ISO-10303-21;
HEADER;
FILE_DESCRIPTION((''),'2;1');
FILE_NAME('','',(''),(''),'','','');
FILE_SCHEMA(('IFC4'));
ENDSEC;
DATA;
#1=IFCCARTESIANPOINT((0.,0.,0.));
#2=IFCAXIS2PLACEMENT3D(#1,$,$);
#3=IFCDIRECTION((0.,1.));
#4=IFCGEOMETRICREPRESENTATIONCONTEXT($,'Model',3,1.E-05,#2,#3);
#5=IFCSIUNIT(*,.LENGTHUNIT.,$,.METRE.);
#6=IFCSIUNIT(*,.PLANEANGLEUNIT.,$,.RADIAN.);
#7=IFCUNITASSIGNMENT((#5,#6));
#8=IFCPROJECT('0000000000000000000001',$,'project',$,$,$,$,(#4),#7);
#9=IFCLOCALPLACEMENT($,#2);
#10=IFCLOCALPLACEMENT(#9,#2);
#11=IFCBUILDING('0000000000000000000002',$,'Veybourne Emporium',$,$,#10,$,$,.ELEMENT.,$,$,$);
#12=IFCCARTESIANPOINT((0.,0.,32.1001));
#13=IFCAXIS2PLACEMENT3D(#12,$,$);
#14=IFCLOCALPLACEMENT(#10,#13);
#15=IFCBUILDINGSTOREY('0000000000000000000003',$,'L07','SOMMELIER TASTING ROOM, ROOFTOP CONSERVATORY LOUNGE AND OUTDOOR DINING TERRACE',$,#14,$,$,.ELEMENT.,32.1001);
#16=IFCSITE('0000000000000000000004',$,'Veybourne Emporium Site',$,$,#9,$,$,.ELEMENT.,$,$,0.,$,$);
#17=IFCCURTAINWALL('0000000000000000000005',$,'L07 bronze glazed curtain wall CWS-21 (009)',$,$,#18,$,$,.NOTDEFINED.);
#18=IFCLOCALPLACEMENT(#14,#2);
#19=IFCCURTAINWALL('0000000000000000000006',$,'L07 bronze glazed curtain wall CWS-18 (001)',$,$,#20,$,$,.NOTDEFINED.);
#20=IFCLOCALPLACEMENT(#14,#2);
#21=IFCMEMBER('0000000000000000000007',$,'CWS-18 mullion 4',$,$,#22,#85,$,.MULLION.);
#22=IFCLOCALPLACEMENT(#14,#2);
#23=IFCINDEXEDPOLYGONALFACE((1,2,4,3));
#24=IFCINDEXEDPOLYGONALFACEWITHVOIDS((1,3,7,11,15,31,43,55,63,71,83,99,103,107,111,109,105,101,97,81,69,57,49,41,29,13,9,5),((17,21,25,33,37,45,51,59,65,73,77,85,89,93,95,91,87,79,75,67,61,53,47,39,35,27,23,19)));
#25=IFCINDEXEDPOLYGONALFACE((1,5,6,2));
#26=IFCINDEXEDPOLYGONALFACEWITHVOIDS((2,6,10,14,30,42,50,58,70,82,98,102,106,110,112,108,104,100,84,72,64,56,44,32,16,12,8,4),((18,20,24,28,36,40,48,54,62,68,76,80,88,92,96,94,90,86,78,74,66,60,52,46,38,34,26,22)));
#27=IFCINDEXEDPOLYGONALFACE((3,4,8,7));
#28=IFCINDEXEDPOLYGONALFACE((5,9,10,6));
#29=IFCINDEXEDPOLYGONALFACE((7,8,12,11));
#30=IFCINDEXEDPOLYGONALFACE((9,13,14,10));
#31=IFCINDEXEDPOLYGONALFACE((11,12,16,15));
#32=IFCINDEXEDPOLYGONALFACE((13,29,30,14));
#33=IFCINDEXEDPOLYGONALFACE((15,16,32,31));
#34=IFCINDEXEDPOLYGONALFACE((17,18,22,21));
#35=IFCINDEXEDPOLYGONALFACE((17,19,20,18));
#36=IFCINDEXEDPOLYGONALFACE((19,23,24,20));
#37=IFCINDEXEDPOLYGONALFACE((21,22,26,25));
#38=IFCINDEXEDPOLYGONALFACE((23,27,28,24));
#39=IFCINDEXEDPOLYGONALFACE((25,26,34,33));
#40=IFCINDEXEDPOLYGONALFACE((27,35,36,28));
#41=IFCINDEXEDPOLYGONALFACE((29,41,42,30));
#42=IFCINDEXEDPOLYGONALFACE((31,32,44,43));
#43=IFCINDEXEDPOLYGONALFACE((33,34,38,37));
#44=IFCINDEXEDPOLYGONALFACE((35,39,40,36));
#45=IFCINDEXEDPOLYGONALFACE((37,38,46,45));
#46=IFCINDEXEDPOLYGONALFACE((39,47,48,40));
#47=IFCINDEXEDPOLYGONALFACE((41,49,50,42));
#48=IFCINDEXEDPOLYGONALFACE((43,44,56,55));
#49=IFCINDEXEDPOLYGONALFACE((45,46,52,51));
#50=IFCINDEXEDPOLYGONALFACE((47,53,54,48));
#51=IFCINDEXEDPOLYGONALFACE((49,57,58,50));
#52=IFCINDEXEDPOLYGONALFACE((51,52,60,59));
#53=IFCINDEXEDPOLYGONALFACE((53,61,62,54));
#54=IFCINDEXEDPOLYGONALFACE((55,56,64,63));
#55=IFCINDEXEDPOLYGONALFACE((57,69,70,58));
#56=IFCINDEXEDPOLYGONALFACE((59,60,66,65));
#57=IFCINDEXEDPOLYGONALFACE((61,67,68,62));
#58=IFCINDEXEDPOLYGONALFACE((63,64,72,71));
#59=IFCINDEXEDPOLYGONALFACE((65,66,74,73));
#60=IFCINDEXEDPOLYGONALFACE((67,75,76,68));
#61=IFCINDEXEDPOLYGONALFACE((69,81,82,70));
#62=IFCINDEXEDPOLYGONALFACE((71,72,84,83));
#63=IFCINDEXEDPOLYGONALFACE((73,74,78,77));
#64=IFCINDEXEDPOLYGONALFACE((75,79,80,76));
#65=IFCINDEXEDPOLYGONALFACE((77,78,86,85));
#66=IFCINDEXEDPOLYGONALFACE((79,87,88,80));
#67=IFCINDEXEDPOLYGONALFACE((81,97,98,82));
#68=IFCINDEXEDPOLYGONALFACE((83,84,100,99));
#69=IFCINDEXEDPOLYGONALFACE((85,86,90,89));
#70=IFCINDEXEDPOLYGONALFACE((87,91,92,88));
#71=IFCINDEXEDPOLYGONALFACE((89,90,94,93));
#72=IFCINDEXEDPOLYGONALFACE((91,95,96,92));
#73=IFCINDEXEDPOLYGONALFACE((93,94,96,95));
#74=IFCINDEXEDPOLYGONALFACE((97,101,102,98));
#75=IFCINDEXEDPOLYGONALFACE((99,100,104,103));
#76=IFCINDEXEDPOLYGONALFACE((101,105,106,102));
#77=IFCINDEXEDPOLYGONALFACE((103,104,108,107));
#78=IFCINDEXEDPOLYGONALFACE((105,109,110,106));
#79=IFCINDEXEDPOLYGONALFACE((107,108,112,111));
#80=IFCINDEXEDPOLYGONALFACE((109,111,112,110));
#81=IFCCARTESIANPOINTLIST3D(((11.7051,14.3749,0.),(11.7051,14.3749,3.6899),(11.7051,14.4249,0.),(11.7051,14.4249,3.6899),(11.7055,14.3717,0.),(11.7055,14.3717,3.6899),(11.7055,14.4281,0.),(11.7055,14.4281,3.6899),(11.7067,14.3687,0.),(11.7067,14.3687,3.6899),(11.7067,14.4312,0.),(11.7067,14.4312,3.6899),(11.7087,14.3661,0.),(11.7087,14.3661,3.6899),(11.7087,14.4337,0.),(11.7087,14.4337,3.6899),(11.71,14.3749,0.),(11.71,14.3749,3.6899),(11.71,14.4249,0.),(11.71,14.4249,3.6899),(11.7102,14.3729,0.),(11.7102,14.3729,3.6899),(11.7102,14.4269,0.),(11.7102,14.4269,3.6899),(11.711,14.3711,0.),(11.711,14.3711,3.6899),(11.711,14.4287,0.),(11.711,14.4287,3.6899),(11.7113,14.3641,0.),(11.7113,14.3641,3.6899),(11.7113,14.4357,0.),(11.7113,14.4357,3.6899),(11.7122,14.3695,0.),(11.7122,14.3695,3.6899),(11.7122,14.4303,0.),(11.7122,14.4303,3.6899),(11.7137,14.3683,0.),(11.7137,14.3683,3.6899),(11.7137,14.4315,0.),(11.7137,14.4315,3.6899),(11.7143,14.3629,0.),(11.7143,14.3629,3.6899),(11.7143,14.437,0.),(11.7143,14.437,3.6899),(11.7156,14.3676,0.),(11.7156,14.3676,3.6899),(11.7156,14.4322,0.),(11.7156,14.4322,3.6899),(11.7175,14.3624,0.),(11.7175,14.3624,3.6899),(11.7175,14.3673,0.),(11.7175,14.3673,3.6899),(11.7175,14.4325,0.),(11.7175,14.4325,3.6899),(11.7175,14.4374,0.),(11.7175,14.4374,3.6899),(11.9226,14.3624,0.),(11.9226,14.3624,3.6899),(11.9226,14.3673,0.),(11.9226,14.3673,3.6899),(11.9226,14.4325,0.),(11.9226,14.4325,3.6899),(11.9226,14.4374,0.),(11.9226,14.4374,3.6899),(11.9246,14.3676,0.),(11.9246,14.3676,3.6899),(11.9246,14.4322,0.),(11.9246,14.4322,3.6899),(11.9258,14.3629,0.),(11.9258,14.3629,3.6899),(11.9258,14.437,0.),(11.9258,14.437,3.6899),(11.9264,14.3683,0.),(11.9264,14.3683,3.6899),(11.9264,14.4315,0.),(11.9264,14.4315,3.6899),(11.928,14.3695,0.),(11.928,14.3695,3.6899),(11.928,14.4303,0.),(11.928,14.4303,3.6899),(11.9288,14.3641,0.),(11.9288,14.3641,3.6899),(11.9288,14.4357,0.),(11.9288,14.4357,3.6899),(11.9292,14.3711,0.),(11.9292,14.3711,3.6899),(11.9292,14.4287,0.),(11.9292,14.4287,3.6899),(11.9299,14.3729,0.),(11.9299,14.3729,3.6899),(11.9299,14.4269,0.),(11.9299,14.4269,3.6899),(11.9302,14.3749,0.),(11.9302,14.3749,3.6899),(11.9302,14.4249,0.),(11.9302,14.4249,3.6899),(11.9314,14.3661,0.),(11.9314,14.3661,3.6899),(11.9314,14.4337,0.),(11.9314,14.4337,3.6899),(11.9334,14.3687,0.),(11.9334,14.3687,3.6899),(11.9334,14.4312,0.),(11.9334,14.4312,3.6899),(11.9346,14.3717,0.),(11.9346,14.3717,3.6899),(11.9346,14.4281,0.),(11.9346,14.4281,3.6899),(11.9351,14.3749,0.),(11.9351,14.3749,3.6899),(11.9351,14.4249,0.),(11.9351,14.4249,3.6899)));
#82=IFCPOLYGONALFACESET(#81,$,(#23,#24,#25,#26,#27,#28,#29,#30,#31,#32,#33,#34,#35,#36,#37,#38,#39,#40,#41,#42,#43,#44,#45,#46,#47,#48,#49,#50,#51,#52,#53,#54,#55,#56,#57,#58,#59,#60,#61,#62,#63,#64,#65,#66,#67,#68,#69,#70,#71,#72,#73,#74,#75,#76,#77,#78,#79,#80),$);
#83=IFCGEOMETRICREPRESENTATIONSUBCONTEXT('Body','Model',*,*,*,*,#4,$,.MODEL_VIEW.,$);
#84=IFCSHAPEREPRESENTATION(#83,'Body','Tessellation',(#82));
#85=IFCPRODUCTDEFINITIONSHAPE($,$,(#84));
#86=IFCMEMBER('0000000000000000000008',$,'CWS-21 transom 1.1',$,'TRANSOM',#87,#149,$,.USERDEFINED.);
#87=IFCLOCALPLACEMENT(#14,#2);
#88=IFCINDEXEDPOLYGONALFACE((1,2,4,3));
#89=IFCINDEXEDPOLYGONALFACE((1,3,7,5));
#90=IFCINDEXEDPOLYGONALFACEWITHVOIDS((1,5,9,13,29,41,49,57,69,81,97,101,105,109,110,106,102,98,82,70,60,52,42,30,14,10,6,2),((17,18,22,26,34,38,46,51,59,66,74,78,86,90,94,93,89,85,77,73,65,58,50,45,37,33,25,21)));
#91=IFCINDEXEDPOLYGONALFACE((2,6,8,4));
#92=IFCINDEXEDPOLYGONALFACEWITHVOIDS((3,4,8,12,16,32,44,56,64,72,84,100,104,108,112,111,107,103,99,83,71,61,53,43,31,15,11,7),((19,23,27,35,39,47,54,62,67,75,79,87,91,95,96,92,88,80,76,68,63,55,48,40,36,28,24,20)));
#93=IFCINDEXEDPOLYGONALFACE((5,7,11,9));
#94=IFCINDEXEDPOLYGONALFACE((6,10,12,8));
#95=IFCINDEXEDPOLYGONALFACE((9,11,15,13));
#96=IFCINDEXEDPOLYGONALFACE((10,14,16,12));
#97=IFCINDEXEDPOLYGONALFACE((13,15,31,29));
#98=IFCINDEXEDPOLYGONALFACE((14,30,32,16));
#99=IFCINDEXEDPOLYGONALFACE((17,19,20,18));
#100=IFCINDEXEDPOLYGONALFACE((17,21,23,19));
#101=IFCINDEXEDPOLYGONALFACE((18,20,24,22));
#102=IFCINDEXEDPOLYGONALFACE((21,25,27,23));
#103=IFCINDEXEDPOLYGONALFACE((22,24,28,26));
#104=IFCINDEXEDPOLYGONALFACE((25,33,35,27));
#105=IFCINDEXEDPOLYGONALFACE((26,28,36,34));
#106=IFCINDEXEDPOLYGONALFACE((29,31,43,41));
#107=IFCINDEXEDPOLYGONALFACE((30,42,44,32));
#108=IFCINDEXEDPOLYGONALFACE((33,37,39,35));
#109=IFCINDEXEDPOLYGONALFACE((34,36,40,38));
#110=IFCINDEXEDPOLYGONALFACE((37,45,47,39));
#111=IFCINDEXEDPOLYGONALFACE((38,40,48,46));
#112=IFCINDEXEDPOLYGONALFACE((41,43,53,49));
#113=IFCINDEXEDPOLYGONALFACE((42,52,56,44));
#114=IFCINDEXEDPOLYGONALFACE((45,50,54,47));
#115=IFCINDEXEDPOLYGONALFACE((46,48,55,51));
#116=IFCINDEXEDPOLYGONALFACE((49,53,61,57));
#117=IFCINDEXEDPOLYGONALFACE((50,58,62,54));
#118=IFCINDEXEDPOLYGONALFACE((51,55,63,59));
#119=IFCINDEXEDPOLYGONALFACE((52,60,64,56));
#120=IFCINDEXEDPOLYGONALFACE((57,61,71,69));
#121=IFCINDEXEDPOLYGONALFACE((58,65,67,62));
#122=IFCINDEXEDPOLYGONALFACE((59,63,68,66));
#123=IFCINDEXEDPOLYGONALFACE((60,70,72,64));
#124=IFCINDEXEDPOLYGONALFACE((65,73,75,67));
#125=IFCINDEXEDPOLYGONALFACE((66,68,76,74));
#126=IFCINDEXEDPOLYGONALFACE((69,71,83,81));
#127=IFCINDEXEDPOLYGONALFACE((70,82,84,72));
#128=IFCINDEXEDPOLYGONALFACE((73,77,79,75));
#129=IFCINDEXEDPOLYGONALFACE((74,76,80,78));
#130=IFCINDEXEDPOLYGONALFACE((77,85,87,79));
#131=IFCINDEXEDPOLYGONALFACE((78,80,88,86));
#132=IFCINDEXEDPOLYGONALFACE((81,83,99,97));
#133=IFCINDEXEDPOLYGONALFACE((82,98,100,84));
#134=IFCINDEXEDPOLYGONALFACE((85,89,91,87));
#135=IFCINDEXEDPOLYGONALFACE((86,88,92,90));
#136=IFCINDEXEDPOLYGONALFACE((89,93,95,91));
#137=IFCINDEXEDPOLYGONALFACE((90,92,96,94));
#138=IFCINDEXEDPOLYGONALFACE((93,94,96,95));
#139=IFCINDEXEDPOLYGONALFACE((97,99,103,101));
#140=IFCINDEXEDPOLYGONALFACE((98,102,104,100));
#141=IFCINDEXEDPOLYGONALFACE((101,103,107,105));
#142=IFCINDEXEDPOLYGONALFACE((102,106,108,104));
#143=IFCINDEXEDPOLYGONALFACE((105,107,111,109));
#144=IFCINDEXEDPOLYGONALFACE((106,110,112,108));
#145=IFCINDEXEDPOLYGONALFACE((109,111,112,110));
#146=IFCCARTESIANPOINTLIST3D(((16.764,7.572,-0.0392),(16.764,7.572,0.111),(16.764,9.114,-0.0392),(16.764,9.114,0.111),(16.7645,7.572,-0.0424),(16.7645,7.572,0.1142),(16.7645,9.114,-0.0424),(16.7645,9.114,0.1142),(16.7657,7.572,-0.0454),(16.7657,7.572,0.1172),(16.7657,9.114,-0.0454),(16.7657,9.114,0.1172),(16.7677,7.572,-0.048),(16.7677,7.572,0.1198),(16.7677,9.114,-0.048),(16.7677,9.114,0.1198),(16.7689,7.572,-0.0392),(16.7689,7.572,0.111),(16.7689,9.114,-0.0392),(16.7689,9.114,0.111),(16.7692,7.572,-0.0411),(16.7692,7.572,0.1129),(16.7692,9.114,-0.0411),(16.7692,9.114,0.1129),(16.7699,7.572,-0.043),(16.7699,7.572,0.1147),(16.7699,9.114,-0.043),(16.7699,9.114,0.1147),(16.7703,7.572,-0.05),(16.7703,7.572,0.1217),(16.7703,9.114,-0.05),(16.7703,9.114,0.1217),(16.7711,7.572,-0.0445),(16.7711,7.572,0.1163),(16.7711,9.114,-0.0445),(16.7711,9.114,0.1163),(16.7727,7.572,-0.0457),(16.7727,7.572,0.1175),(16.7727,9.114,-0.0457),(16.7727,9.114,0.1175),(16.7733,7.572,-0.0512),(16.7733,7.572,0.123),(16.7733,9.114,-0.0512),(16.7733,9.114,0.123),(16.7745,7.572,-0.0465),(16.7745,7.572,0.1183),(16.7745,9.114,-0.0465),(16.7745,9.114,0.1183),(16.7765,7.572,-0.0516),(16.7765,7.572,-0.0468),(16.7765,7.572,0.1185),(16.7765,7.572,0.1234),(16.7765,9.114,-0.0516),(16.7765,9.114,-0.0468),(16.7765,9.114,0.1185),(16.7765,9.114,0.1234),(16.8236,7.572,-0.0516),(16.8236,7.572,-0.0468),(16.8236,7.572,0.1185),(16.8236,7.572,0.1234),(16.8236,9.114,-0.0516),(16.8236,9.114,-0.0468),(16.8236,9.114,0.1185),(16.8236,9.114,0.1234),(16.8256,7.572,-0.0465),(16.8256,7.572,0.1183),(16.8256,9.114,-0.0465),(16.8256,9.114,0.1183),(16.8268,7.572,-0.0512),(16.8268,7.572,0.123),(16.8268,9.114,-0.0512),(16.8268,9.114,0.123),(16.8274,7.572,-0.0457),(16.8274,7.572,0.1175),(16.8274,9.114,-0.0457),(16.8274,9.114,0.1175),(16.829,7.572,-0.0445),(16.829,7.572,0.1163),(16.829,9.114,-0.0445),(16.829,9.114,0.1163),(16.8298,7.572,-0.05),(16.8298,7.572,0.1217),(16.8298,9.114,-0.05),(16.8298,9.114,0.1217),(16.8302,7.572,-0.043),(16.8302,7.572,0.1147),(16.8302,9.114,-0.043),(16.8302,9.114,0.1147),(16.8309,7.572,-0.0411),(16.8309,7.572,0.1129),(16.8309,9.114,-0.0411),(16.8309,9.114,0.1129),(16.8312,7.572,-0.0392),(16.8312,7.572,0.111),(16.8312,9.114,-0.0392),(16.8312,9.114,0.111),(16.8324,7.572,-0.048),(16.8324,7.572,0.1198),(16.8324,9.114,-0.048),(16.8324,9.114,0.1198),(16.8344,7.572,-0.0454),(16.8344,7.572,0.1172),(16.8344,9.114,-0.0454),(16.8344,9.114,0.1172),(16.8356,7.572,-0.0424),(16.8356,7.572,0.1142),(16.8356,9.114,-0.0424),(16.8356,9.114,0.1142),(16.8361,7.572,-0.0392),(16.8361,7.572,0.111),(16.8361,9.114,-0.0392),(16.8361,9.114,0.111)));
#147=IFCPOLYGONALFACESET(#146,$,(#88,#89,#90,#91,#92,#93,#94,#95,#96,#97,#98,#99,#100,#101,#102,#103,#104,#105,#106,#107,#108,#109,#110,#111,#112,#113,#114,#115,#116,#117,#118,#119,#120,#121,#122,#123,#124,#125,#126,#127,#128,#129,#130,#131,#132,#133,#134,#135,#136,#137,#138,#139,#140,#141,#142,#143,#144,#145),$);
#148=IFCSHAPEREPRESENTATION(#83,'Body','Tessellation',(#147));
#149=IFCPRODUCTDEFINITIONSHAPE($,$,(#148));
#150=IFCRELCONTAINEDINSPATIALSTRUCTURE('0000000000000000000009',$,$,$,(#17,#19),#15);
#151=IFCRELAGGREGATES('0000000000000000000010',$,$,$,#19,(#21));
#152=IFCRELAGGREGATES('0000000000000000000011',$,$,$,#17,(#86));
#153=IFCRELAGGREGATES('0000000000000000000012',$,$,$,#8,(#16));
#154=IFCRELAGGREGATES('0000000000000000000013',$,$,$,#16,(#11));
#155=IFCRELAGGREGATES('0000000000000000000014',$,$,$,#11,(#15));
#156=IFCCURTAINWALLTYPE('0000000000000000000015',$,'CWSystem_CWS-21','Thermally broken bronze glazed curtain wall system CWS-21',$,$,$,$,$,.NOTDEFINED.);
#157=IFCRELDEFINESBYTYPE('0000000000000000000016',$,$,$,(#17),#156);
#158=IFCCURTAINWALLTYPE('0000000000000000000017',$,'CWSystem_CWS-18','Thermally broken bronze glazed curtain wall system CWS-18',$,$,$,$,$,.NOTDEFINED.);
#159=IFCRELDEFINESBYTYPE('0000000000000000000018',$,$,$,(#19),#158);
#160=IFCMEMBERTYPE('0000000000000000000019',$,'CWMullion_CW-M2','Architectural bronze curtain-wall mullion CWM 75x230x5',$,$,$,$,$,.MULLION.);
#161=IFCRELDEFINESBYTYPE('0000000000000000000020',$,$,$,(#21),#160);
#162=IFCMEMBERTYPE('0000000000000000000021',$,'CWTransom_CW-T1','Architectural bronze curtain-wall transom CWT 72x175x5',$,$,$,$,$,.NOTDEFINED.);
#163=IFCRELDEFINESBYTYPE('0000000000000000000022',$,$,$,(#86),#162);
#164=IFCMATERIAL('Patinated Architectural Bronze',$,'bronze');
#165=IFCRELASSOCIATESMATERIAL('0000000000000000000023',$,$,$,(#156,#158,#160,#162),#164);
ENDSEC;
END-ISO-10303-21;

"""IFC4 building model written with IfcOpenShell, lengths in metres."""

from ifc_helpers import new_model, si_unit, direction, frame, origin, origin_2d, place, context, subcontext, project, spatial, hollow_rectangle, extrude, material, material_profile, profile_set, type_object, element, aggregate, save


model = new_model("IFC4")

# Units and contexts
model_context = context("Model", 3, precision=1e-05, world=origin(), true_north=direction((0.0, 1.0)))
body_context = subcontext(model_context, "Body", "Model", "MODEL_VIEW")
ifc_project = project(units=[si_unit("LENGTHUNIT", "METRE"), si_unit("PLANEANGLEUNIT", "RADIAN")], contexts=[model_context])

# Site, building, storey
site_placement = place(None, origin())
site = spatial("IfcSite", under=ifc_project, at=site_placement, Name="Veybourne Emporium Site", CompositionType="ELEMENT", RefElevation=0.0)
building_placement = place(site_placement, origin())
building = spatial("IfcBuilding", under=site, at=building_placement, Name="Veybourne Emporium", CompositionType="ELEMENT")
storey_placement = place(building_placement, frame((0.0, 0.0, 32.1001)))
storey = spatial("IfcBuildingStorey", under=building, at=storey_placement, Name="L07", Description="SOMMELIER TASTING ROOM, ROOFTOP CONSERVATORY LOUNGE AND OUTDOOR DINING TERRACE", CompositionType="ELEMENT", Elevation=32.1001)

# Curtain walls, member
ifc_material_1 = material(Name="Patinated Architectural Bronze", Category="bronze")
curtain_wall_type_1 = type_object("IfcCurtainWallType", Name="CWSystem_CWS-21", Description="Thermally broken bronze glazed curtain wall system CWS-21", PredefinedType="NOTDEFINED", material=ifc_material_1)
curtain_wall_1_placement = place(storey_placement, origin())
curtain_wall_1 = element("IfcCurtainWall", 1, at=curtain_wall_1_placement, inside=storey, type_object=curtain_wall_type_1, Name="L07 bronze glazed curtain wall CWS-21 (009)", PredefinedType="NOTDEFINED")
curtain_wall_type_2 = type_object("IfcCurtainWallType", Name="CWSystem_CWS-18", Description="Thermally broken bronze glazed curtain wall system CWS-18", PredefinedType="NOTDEFINED", material=ifc_material_1)
curtain_wall_2_placement = place(storey_placement, origin())
curtain_wall_2 = element("IfcCurtainWall", 2, at=curtain_wall_2_placement, inside=storey, type_object=curtain_wall_type_2, Name="L07 bronze glazed curtain wall CWS-18 (001)", PredefinedType="NOTDEFINED")
ifc_material_profile_1 = material_profile(ifc_material_1, hollow_rectangle(XDim=0.075, YDim=0.23, WallThickness=0.0049, InnerFilletRadius=0.0076, OuterFilletRadius=0.0125, at=origin_2d()), Name="CWM 75x230x5")
ifc_profile_set_1 = profile_set([ifc_material_profile_1], Name="Patinated Architectural Bronze")
member_type_1 = type_object("IfcMemberType", Name="CWMullion_CW-M2", Description="Architectural bronze curtain-wall mullion CWM 75x230x5", PredefinedType="MULLION", material=ifc_profile_set_1)
member_1_placement = place(storey_placement, frame((11.8201, 14.3999, 0.0), z_axis=(0.0, 0.0, 1.0), x_axis=(0.0, -1.0, 0.0)))
member_1 = element("IfcMember", 3, at=member_1_placement, type_object=member_type_1, Name="CWS-18 mullion 4", PredefinedType="MULLION", context=body_context, shape_type="SweptSolid", body=[
    extrude(hollow_rectangle(XDim=0.075, YDim=0.23, WallThickness=0.0049, InnerFilletRadius=0.0076, OuterFilletRadius=0.0125, at=origin_2d()), origin(), (0.0, 0.0, 1.0), 3.6899),
])

# Member
ifc_material_profile_2 = material_profile(ifc_material_1, hollow_rectangle(XDim=0.072, YDim=0.175, WallThickness=0.0049, InnerFilletRadius=0.0076, OuterFilletRadius=0.0125, at=origin_2d()), Name="CWT 72x175x5")
ifc_profile_set_2 = profile_set([ifc_material_profile_2], Name="Patinated Architectural Bronze")
member_type_2 = type_object("IfcMemberType", Name="CWTransom_CW-T1", Description="Architectural bronze curtain-wall transom CWT 72x175x5", PredefinedType="NOTDEFINED", material=ifc_profile_set_2)
member_2_placement = place(storey_placement, frame((16.8, 7.572, 0.0359), z_axis=(0.0, 1.0, 0.0), x_axis=(-1.0, 0.0, 0.0)))
member_2 = element("IfcMember", 4, at=member_2_placement, type_object=member_type_2, Name="CWS-21 transom 1.1", ObjectType="TRANSOM", PredefinedType="USERDEFINED", context=body_context, shape_type="SweptSolid", body=[
    extrude(hollow_rectangle(XDim=0.072, YDim=0.175, WallThickness=0.0049, InnerFilletRadius=0.0076, OuterFilletRadius=0.0125, at=origin_2d()), origin(), (0.0, 0.0, 1.0), 1.542),
])

aggregate(curtain_wall_2, [member_1])
aggregate(curtain_wall_1, [member_2])

save(model, "model.ifc")
